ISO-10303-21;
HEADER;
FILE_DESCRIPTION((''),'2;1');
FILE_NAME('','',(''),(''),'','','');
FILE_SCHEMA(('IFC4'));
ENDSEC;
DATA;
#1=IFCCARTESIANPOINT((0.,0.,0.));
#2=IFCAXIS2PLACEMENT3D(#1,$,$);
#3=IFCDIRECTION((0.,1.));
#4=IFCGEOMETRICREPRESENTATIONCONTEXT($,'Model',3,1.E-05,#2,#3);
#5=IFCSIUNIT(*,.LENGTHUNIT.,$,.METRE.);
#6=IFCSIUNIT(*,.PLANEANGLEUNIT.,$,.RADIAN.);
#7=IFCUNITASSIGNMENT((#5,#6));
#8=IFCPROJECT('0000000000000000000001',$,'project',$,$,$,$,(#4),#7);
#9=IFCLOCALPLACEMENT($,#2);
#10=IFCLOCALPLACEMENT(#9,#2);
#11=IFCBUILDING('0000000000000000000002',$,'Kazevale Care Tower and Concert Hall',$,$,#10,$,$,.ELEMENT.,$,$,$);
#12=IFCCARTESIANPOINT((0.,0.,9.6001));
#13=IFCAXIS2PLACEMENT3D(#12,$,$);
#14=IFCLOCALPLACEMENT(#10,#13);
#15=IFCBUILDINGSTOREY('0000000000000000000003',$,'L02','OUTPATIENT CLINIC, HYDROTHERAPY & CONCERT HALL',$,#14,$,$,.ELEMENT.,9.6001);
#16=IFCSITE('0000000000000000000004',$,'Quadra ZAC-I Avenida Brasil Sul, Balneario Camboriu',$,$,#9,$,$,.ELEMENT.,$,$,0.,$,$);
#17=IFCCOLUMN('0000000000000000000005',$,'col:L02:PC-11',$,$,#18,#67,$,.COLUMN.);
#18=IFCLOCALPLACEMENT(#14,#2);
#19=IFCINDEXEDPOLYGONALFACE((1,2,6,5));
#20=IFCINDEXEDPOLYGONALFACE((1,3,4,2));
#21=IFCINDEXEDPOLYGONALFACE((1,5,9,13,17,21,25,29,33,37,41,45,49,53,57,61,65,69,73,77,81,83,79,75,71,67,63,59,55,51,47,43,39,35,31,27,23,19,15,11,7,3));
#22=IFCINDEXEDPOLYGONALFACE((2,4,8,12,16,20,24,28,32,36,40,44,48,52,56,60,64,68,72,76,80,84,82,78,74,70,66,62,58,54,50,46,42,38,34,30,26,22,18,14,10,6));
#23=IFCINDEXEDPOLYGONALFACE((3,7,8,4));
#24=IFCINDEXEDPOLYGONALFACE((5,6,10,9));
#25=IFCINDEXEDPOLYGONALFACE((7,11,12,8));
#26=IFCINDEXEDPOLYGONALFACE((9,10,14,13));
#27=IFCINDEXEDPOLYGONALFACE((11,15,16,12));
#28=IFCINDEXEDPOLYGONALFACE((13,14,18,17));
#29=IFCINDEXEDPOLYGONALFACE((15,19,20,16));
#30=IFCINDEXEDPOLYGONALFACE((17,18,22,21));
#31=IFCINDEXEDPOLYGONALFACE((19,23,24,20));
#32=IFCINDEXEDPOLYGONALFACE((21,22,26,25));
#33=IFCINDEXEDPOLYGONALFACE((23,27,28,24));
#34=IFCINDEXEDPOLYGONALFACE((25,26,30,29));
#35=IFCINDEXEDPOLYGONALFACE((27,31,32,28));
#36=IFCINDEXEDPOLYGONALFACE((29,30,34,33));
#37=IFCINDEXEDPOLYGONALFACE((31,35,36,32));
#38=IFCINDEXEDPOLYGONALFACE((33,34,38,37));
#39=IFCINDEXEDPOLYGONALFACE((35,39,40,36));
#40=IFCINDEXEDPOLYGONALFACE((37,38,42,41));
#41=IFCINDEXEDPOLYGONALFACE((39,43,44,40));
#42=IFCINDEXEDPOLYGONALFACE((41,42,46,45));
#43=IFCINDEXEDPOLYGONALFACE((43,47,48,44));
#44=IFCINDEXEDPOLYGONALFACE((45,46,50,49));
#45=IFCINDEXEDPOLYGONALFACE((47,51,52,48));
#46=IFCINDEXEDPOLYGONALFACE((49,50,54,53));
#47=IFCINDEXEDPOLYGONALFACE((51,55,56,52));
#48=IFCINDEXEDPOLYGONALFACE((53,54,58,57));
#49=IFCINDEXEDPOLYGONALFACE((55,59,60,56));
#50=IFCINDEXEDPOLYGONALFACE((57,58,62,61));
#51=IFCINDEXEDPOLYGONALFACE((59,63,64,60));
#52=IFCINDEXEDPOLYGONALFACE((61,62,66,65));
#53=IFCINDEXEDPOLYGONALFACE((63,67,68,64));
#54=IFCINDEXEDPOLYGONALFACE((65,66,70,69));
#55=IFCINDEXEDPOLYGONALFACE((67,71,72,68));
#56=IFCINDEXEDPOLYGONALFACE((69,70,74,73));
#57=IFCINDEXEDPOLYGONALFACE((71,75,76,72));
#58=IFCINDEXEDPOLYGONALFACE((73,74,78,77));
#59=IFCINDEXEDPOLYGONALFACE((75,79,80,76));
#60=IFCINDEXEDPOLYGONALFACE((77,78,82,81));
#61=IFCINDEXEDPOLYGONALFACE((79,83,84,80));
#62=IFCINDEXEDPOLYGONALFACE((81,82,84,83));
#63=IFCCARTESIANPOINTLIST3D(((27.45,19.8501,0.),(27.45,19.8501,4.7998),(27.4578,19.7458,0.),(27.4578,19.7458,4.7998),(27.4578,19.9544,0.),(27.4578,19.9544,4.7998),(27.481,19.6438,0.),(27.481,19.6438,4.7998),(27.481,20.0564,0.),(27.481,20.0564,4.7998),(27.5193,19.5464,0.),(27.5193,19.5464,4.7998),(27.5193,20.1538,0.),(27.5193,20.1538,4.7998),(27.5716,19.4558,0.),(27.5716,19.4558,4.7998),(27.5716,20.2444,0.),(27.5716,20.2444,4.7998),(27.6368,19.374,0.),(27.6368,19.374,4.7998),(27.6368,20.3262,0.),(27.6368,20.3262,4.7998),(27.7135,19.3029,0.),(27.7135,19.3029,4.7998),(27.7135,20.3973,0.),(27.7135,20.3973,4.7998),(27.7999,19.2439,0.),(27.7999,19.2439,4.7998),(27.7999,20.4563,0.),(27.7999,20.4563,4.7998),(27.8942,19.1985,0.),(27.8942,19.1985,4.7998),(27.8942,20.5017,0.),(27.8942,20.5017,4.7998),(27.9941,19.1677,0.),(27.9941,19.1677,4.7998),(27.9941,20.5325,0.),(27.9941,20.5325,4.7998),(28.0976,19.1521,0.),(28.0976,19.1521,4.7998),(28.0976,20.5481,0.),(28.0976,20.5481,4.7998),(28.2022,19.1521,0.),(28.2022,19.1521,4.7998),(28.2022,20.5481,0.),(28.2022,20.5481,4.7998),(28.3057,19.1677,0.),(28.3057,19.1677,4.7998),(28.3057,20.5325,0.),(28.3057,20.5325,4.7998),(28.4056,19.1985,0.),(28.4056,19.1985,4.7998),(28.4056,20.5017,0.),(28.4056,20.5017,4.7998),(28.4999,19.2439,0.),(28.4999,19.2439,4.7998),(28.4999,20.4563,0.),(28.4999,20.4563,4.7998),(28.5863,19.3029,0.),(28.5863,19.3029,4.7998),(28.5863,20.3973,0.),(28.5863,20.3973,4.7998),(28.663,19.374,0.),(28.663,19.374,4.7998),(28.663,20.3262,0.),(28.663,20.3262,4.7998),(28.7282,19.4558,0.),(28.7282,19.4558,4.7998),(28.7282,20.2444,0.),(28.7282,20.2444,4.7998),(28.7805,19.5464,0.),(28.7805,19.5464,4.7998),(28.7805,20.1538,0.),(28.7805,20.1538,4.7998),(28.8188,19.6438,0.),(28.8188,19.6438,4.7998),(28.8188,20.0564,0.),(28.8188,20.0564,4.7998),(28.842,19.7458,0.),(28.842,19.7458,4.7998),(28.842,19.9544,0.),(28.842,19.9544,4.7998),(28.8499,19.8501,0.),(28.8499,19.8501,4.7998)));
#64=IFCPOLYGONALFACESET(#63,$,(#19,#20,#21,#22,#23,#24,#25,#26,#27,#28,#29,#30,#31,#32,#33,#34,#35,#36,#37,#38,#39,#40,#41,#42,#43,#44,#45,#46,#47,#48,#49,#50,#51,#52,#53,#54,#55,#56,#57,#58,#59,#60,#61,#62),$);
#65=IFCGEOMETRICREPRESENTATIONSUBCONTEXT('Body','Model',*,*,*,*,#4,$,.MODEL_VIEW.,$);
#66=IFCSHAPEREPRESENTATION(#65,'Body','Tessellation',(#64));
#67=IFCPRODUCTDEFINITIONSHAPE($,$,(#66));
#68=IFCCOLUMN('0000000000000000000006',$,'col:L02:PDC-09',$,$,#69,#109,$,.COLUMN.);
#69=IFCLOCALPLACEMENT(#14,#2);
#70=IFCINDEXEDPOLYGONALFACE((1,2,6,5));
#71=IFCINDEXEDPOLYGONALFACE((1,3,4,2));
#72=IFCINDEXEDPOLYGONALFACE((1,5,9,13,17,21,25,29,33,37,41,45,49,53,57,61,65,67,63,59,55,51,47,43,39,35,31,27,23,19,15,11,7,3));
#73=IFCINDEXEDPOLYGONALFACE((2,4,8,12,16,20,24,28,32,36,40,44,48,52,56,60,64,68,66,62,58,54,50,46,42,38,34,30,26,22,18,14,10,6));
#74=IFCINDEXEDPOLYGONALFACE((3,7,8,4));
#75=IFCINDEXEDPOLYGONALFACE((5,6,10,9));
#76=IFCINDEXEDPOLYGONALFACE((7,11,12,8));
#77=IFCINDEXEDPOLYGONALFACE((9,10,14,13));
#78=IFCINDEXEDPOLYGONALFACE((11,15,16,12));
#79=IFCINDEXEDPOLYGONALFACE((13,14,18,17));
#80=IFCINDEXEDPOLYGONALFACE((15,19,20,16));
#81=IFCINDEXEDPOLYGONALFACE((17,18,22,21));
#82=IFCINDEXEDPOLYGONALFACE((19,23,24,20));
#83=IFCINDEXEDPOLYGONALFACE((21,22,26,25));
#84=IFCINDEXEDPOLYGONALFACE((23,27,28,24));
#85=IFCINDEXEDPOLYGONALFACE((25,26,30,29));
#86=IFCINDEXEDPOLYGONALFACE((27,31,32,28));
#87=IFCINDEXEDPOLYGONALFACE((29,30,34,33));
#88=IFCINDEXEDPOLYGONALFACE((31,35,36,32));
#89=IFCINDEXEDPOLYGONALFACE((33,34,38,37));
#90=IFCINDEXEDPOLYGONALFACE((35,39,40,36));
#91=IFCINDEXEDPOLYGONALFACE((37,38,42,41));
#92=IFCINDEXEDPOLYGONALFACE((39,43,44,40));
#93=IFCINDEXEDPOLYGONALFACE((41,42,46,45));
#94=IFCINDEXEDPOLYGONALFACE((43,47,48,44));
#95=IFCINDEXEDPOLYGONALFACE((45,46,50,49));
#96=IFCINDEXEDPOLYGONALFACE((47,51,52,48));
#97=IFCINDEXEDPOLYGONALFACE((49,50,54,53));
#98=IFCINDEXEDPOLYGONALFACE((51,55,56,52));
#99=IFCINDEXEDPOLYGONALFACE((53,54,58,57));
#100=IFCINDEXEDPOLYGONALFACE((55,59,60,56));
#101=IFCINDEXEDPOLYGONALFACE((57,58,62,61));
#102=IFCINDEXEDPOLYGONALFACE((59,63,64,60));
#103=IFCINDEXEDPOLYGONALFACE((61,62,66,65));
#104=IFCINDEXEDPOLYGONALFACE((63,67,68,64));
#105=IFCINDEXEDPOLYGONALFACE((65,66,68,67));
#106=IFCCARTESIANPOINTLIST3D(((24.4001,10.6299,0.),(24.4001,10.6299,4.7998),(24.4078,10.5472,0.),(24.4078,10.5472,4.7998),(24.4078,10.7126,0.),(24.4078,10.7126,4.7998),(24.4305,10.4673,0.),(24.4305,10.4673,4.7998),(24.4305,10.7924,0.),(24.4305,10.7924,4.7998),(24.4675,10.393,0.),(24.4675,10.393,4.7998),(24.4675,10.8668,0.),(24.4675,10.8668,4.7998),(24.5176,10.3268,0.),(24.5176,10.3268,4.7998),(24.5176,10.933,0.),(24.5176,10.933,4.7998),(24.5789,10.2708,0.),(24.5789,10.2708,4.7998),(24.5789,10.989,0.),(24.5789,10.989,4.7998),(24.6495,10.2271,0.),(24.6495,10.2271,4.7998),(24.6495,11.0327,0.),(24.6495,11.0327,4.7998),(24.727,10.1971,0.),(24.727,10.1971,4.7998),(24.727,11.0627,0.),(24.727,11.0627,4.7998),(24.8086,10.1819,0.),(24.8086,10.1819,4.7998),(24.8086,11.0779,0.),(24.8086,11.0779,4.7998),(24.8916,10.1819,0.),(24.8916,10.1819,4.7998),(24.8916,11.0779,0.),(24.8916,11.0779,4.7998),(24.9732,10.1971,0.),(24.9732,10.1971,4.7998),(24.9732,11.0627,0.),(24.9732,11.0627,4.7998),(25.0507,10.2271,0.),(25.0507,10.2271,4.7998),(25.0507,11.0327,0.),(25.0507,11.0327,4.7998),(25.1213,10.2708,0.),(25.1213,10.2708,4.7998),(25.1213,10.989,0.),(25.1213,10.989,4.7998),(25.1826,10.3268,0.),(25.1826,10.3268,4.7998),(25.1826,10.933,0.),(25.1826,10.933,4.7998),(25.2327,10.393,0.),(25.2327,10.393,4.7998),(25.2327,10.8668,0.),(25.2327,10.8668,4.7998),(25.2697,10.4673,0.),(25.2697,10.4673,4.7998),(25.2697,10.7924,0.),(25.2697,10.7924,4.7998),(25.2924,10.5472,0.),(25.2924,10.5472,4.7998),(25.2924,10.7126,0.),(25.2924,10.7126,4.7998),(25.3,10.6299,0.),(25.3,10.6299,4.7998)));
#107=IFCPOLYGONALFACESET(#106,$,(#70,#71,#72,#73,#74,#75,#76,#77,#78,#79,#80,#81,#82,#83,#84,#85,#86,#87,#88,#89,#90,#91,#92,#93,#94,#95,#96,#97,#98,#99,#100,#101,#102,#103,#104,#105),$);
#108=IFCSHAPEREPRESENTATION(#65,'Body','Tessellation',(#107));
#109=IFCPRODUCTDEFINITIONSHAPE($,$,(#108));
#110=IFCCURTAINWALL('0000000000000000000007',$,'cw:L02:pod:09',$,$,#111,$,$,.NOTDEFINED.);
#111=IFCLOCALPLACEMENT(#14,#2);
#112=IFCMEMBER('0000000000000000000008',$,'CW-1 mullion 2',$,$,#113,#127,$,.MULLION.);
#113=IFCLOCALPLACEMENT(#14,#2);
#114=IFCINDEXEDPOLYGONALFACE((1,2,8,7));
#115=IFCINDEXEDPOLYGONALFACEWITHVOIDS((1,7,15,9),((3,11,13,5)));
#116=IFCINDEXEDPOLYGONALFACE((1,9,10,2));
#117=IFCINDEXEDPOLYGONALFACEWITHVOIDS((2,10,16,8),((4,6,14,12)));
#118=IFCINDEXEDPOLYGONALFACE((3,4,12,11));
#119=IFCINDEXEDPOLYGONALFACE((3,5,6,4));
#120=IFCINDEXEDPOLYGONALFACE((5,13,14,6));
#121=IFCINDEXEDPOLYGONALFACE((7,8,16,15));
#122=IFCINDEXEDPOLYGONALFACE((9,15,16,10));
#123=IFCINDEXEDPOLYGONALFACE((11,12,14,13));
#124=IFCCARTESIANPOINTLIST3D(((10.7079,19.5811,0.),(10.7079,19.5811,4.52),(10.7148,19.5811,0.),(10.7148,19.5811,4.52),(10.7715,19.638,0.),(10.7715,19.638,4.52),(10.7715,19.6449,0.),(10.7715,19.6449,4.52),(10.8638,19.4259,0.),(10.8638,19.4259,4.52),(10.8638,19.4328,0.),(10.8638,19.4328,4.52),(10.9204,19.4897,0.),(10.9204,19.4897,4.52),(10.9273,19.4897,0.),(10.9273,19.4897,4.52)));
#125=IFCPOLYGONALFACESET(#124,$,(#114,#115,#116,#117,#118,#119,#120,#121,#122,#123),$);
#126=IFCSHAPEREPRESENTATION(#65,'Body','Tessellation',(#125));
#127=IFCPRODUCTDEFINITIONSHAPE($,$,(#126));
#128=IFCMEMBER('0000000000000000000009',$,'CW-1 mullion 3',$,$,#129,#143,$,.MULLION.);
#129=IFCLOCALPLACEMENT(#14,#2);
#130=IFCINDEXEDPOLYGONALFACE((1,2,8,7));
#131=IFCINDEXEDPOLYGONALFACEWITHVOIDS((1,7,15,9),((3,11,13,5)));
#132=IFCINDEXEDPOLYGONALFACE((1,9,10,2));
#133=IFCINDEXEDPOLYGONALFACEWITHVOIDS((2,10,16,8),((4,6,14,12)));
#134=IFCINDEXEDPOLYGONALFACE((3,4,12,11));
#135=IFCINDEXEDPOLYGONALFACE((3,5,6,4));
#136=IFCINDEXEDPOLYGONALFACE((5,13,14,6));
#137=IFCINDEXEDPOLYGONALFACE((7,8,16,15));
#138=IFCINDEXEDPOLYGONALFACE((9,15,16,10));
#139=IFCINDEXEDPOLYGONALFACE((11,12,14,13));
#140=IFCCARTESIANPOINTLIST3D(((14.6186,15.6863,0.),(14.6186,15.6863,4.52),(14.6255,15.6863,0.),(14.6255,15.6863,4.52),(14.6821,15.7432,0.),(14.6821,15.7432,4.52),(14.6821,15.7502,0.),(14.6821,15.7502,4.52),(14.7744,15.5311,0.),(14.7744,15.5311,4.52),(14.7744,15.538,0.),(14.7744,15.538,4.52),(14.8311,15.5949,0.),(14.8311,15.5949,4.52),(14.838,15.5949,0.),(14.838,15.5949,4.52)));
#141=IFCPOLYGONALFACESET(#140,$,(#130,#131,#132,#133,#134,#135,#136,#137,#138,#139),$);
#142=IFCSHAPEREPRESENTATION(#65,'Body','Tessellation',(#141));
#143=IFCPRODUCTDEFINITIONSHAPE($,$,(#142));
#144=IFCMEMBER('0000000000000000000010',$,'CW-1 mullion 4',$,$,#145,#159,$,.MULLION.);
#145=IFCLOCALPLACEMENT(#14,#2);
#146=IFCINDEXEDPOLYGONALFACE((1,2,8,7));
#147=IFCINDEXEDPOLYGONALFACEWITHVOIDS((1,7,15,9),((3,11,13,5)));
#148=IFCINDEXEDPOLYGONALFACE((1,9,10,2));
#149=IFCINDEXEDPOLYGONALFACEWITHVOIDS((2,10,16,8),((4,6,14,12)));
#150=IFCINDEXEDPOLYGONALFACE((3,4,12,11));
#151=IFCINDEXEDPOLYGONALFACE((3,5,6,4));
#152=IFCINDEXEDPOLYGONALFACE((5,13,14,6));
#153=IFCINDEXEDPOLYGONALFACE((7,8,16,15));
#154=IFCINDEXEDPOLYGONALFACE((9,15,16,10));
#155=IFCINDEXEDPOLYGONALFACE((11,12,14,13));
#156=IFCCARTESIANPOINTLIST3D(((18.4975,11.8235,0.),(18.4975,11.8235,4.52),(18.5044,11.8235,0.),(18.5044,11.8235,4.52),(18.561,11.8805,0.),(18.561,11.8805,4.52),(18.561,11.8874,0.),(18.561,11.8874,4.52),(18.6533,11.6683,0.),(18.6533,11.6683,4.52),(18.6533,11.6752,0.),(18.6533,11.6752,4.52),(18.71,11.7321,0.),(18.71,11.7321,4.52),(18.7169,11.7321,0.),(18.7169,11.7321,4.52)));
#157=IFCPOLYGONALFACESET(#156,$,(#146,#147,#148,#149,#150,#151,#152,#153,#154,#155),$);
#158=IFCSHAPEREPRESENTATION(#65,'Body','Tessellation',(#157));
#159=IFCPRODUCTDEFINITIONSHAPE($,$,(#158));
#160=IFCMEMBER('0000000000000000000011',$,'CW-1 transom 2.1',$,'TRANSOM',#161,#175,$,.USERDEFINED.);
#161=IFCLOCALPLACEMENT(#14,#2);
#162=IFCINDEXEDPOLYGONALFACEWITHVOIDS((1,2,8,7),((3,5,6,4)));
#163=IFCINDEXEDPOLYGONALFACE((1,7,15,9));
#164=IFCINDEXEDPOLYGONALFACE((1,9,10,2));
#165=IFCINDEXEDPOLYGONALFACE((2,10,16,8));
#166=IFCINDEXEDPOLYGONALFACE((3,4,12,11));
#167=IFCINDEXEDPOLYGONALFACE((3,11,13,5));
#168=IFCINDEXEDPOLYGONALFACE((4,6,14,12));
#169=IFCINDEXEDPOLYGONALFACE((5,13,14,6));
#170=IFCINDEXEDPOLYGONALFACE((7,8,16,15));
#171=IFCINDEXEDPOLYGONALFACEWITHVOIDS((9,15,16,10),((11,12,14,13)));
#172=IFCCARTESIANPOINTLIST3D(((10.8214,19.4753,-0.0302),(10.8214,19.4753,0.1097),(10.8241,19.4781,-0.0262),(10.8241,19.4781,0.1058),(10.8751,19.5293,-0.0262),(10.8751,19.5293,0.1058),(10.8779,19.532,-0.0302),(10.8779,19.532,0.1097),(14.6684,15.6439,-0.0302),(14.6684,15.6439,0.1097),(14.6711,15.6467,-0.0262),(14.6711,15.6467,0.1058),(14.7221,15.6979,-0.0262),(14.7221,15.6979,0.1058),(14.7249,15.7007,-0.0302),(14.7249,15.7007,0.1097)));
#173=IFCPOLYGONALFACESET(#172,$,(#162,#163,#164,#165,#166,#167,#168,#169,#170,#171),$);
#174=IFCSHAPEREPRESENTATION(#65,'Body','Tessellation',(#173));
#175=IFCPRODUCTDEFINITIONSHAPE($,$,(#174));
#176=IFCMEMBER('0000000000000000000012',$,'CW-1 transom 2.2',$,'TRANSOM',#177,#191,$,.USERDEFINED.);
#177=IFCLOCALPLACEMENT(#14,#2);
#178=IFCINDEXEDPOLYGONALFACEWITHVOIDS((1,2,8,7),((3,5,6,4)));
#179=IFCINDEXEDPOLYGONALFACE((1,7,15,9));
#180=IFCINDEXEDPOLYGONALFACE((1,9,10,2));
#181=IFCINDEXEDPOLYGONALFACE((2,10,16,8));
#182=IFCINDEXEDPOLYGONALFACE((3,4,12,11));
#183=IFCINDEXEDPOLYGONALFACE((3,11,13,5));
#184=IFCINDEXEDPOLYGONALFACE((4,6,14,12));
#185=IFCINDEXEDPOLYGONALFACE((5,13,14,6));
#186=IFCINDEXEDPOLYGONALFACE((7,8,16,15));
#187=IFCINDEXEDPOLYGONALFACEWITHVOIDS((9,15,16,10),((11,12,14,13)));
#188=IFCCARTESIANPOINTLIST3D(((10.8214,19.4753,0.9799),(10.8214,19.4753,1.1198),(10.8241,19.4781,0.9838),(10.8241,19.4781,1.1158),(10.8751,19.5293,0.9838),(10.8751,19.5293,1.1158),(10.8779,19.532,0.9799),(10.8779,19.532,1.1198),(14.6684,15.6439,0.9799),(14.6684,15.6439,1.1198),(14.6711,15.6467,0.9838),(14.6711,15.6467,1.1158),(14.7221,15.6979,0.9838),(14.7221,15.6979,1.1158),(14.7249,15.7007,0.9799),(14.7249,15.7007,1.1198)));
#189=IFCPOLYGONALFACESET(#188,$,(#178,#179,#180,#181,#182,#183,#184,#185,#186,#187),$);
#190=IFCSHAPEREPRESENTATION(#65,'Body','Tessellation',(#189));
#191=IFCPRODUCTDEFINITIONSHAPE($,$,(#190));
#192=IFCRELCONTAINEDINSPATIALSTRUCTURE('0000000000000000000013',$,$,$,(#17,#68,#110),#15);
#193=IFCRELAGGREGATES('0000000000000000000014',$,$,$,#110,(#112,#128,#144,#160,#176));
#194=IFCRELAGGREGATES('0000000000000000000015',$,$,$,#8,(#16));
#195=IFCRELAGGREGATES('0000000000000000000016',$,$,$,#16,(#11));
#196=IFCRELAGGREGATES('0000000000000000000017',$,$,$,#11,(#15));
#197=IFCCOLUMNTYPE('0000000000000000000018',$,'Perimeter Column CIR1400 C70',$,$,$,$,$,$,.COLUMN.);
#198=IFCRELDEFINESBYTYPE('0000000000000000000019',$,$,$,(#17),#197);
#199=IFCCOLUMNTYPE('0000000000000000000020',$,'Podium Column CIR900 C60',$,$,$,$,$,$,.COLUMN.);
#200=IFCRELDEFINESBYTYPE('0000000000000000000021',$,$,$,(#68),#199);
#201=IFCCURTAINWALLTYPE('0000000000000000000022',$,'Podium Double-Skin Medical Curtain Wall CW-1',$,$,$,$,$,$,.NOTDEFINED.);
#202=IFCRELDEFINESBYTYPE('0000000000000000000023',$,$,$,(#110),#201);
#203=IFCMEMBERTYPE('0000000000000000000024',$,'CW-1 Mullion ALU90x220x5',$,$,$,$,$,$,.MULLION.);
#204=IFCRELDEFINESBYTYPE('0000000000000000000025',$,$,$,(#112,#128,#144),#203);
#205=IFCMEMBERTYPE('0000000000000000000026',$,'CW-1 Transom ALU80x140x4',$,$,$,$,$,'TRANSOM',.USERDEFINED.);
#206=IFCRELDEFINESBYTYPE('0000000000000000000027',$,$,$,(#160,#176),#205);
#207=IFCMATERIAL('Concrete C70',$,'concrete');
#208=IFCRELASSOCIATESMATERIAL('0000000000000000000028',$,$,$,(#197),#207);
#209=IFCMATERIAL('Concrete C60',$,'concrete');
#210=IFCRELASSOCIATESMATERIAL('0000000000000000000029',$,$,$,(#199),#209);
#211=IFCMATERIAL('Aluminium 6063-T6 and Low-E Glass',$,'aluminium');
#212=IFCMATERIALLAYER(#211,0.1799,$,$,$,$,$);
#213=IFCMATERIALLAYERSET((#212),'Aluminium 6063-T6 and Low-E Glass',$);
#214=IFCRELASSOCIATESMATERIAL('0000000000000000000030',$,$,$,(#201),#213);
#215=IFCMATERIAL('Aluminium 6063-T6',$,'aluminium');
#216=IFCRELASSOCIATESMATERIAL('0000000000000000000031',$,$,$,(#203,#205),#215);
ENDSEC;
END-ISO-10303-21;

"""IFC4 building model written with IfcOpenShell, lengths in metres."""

from ifc_helpers import new_model, si_unit, direction, frame, origin, origin_2d, place, context, subcontext, project, spatial, hollow_rectangle, circle, extrude, material, layer, layer_set, material_profile, profile_set, type_object, element, aggregate, save


model = new_model("IFC4")

# Units and contexts
model_context = context("Model", 3, precision=1e-05, world=origin(), true_north=direction((0.0, 1.0)))
body_context = subcontext(model_context, "Body", "Model", "MODEL_VIEW")
ifc_project = project(units=[si_unit("LENGTHUNIT", "METRE"), si_unit("PLANEANGLEUNIT", "RADIAN")], contexts=[model_context])

# Site, building, storey
site_placement = place(None, origin())
site = spatial("IfcSite", under=ifc_project, at=site_placement, Name="Quadra ZAC-I Avenida Brasil Sul, Balneario Camboriu", CompositionType="ELEMENT", RefElevation=0.0)
building_placement = place(site_placement, origin())
building = spatial("IfcBuilding", under=site, at=building_placement, Name="Kazevale Care Tower and Concert Hall", CompositionType="ELEMENT")
storey_placement = place(building_placement, frame((0.0, 0.0, 9.6001)))
storey = spatial("IfcBuildingStorey", under=building, at=storey_placement, Name="L02", Description="OUTPATIENT CLINIC, HYDROTHERAPY & CONCERT HALL", CompositionType="ELEMENT", Elevation=9.6001)

# Columns
ifc_material_1 = material(Name="Concrete C70", Category="concrete")
ifc_material_profile_1 = material_profile(ifc_material_1, circle(Radius=0.7, at=origin_2d()), Name="RC-CIR1400")
ifc_profile_set_1 = profile_set([ifc_material_profile_1], Name="Concrete C70")
column_type_1 = type_object("IfcColumnType", Name="Perimeter Column CIR1400 C70", PredefinedType="COLUMN", material=ifc_profile_set_1)
column_1_placement = place(storey_placement, frame((28.1499, 19.8501, 0.0), z_axis=(0.0, 0.0, 1.0), x_axis=(1.0, 0.0, 0.0)))
element("IfcColumn", 1, at=column_1_placement, inside=storey, type_object=column_type_1, Name="col:L02:PC-11", PredefinedType="COLUMN", context=body_context, shape_type="SweptSolid", body=[
    extrude(circle(Radius=0.7, at=origin_2d()), origin(), (0.0, 0.0, 1.0), 4.7998),
])
ifc_material_2 = material(Name="Concrete C60", Category="concrete")
ifc_material_profile_2 = material_profile(ifc_material_2, circle(Radius=0.45, at=origin_2d()), Name="RC-CIR900")
ifc_profile_set_2 = profile_set([ifc_material_profile_2], Name="Concrete C60")
column_type_2 = type_object("IfcColumnType", Name="Podium Column CIR900 C60", PredefinedType="COLUMN", material=ifc_profile_set_2)
column_2_placement = place(storey_placement, frame((24.8501, 10.6299, 0.0), z_axis=(0.0, 0.0, 1.0), x_axis=(1.0, 0.0, 0.0)))
element("IfcColumn", 2, at=column_2_placement, inside=storey, type_object=column_type_2, Name="col:L02:PDC-09", PredefinedType="COLUMN", context=body_context, shape_type="SweptSolid", body=[
    extrude(circle(Radius=0.45, at=origin_2d()), origin(), (0.0, 0.0, 1.0), 4.7998),
])

# Curtain wall, members
ifc_material_3 = material(Name="Aluminium 6063-T6 and Low-E Glass", Category="aluminium")
ifc_layer_1 = layer(ifc_material_3, 0.1799)
ifc_layer_set_1 = layer_set([ifc_layer_1], Name="Aluminium 6063-T6 and Low-E Glass")
curtain_wall_type = type_object("IfcCurtainWallType", Name="Podium Double-Skin Medical Curtain Wall CW-1", PredefinedType="NOTDEFINED", material=ifc_layer_set_1)
curtain_wall_placement = place(storey_placement, origin())
curtain_wall = element("IfcCurtainWall", 3, at=curtain_wall_placement, inside=storey, type_object=curtain_wall_type, Name="cw:L02:pod:09", PredefinedType="NOTDEFINED")
ifc_material_4 = material(Name="Aluminium 6063-T6", Category="aluminium")
ifc_material_profile_3 = material_profile(ifc_material_4, hollow_rectangle(XDim=0.0901, YDim=0.22, WallThickness=0.0049, at=origin_2d()), Name="ALU90x220x5")
ifc_profile_set_3 = profile_set([ifc_material_profile_3], Name="Aluminium 6063-T6")
member_type_1 = type_object("IfcMemberType", Name="CW-1 Mullion ALU90x220x5", PredefinedType="MULLION", material=ifc_profile_set_3)
member_1_placement = place(storey_placement, frame((10.8176, 19.5354, 0.0), z_axis=(0.0, 0.0, 1.0), x_axis=(0.705656, 0.708555, 0.0)))
member_1 = element("IfcMember", 4, at=member_1_placement, type_object=member_type_1, Name="CW-1 mullion 2", PredefinedType="MULLION", context=body_context, shape_type="SweptSolid", body=[
    extrude(hollow_rectangle(XDim=0.0901, YDim=0.22, WallThickness=0.0049, at=origin_2d()), origin(), (0.0, 0.0, 1.0), 4.52),
])
member_2_placement = place(storey_placement, frame((14.7283, 15.6406, 0.0), z_axis=(0.0, 0.0, 1.0), x_axis=(0.705656, 0.708555, 0.0)))
member_2 = element("IfcMember", 5, at=member_2_placement, type_object=member_type_1, Name="CW-1 mullion 3", PredefinedType="MULLION", context=body_context, shape_type="SweptSolid", body=[
    extrude(hollow_rectangle(XDim=0.0901, YDim=0.22, WallThickness=0.0049, at=origin_2d()), origin(), (0.0, 0.0, 1.0), 4.52),
])
member_3_placement = place(storey_placement, frame((18.6072, 11.7778, 0.0), z_axis=(0.0, 0.0, 1.0), x_axis=(0.705656, 0.708555, 0.0)))
member_3 = element("IfcMember", 6, at=member_3_placement, type_object=member_type_1, Name="CW-1 mullion 4", PredefinedType="MULLION", context=body_context, shape_type="SweptSolid", body=[
    extrude(hollow_rectangle(XDim=0.0901, YDim=0.22, WallThickness=0.0049, at=origin_2d()), origin(), (0.0, 0.0, 1.0), 4.52),
])
ifc_material_profile_4 = material_profile(ifc_material_4, hollow_rectangle(XDim=0.0801, YDim=0.1399, WallThickness=0.0039, at=origin_2d()), Name="ALU80x140x4")
ifc_profile_set_4 = profile_set([ifc_material_profile_4], Name="Aluminium 6063-T6")
member_type_2 = type_object("IfcMemberType", Name="CW-1 Transom ALU80x140x4", ElementType="TRANSOM", PredefinedType="USERDEFINED", material=ifc_profile_set_4)
member_4_placement = place(storey_placement, frame((10.8496, 19.5037, 0.0398), z_axis=(0.708544, -0.705666, 0.0), x_axis=(0.705666, 0.708544, 0.0)))
member_4 = element("IfcMember", 7, at=member_4_placement, type_object=member_type_2, Name="CW-1 transom 2.1", ObjectType="TRANSOM", PredefinedType="USERDEFINED", context=body_context, shape_type="SweptSolid", body=[
    extrude(hollow_rectangle(XDim=0.0801, YDim=0.1399, WallThickness=0.0039, at=origin_2d()), origin(), (0.0, 0.0, 1.0), 5.4294),
])
member_5_placement = place(storey_placement, frame((10.8496, 19.5037, 1.0498), z_axis=(0.708544, -0.705666, 0.0), x_axis=(0.705666, 0.708544, 0.0)))
member_5 = element("IfcMember", 8, at=member_5_placement, type_object=member_type_2, Name="CW-1 transom 2.2", ObjectType="TRANSOM", PredefinedType="USERDEFINED", context=body_context, shape_type="SweptSolid", body=[
    extrude(hollow_rectangle(XDim=0.0801, YDim=0.1399, WallThickness=0.0039, at=origin_2d()), origin(), (0.0, 0.0, 1.0), 5.4294),
])

aggregate(curtain_wall, [member_1, member_2, member_3, member_4, member_5])

save(model, "model.ifc")
